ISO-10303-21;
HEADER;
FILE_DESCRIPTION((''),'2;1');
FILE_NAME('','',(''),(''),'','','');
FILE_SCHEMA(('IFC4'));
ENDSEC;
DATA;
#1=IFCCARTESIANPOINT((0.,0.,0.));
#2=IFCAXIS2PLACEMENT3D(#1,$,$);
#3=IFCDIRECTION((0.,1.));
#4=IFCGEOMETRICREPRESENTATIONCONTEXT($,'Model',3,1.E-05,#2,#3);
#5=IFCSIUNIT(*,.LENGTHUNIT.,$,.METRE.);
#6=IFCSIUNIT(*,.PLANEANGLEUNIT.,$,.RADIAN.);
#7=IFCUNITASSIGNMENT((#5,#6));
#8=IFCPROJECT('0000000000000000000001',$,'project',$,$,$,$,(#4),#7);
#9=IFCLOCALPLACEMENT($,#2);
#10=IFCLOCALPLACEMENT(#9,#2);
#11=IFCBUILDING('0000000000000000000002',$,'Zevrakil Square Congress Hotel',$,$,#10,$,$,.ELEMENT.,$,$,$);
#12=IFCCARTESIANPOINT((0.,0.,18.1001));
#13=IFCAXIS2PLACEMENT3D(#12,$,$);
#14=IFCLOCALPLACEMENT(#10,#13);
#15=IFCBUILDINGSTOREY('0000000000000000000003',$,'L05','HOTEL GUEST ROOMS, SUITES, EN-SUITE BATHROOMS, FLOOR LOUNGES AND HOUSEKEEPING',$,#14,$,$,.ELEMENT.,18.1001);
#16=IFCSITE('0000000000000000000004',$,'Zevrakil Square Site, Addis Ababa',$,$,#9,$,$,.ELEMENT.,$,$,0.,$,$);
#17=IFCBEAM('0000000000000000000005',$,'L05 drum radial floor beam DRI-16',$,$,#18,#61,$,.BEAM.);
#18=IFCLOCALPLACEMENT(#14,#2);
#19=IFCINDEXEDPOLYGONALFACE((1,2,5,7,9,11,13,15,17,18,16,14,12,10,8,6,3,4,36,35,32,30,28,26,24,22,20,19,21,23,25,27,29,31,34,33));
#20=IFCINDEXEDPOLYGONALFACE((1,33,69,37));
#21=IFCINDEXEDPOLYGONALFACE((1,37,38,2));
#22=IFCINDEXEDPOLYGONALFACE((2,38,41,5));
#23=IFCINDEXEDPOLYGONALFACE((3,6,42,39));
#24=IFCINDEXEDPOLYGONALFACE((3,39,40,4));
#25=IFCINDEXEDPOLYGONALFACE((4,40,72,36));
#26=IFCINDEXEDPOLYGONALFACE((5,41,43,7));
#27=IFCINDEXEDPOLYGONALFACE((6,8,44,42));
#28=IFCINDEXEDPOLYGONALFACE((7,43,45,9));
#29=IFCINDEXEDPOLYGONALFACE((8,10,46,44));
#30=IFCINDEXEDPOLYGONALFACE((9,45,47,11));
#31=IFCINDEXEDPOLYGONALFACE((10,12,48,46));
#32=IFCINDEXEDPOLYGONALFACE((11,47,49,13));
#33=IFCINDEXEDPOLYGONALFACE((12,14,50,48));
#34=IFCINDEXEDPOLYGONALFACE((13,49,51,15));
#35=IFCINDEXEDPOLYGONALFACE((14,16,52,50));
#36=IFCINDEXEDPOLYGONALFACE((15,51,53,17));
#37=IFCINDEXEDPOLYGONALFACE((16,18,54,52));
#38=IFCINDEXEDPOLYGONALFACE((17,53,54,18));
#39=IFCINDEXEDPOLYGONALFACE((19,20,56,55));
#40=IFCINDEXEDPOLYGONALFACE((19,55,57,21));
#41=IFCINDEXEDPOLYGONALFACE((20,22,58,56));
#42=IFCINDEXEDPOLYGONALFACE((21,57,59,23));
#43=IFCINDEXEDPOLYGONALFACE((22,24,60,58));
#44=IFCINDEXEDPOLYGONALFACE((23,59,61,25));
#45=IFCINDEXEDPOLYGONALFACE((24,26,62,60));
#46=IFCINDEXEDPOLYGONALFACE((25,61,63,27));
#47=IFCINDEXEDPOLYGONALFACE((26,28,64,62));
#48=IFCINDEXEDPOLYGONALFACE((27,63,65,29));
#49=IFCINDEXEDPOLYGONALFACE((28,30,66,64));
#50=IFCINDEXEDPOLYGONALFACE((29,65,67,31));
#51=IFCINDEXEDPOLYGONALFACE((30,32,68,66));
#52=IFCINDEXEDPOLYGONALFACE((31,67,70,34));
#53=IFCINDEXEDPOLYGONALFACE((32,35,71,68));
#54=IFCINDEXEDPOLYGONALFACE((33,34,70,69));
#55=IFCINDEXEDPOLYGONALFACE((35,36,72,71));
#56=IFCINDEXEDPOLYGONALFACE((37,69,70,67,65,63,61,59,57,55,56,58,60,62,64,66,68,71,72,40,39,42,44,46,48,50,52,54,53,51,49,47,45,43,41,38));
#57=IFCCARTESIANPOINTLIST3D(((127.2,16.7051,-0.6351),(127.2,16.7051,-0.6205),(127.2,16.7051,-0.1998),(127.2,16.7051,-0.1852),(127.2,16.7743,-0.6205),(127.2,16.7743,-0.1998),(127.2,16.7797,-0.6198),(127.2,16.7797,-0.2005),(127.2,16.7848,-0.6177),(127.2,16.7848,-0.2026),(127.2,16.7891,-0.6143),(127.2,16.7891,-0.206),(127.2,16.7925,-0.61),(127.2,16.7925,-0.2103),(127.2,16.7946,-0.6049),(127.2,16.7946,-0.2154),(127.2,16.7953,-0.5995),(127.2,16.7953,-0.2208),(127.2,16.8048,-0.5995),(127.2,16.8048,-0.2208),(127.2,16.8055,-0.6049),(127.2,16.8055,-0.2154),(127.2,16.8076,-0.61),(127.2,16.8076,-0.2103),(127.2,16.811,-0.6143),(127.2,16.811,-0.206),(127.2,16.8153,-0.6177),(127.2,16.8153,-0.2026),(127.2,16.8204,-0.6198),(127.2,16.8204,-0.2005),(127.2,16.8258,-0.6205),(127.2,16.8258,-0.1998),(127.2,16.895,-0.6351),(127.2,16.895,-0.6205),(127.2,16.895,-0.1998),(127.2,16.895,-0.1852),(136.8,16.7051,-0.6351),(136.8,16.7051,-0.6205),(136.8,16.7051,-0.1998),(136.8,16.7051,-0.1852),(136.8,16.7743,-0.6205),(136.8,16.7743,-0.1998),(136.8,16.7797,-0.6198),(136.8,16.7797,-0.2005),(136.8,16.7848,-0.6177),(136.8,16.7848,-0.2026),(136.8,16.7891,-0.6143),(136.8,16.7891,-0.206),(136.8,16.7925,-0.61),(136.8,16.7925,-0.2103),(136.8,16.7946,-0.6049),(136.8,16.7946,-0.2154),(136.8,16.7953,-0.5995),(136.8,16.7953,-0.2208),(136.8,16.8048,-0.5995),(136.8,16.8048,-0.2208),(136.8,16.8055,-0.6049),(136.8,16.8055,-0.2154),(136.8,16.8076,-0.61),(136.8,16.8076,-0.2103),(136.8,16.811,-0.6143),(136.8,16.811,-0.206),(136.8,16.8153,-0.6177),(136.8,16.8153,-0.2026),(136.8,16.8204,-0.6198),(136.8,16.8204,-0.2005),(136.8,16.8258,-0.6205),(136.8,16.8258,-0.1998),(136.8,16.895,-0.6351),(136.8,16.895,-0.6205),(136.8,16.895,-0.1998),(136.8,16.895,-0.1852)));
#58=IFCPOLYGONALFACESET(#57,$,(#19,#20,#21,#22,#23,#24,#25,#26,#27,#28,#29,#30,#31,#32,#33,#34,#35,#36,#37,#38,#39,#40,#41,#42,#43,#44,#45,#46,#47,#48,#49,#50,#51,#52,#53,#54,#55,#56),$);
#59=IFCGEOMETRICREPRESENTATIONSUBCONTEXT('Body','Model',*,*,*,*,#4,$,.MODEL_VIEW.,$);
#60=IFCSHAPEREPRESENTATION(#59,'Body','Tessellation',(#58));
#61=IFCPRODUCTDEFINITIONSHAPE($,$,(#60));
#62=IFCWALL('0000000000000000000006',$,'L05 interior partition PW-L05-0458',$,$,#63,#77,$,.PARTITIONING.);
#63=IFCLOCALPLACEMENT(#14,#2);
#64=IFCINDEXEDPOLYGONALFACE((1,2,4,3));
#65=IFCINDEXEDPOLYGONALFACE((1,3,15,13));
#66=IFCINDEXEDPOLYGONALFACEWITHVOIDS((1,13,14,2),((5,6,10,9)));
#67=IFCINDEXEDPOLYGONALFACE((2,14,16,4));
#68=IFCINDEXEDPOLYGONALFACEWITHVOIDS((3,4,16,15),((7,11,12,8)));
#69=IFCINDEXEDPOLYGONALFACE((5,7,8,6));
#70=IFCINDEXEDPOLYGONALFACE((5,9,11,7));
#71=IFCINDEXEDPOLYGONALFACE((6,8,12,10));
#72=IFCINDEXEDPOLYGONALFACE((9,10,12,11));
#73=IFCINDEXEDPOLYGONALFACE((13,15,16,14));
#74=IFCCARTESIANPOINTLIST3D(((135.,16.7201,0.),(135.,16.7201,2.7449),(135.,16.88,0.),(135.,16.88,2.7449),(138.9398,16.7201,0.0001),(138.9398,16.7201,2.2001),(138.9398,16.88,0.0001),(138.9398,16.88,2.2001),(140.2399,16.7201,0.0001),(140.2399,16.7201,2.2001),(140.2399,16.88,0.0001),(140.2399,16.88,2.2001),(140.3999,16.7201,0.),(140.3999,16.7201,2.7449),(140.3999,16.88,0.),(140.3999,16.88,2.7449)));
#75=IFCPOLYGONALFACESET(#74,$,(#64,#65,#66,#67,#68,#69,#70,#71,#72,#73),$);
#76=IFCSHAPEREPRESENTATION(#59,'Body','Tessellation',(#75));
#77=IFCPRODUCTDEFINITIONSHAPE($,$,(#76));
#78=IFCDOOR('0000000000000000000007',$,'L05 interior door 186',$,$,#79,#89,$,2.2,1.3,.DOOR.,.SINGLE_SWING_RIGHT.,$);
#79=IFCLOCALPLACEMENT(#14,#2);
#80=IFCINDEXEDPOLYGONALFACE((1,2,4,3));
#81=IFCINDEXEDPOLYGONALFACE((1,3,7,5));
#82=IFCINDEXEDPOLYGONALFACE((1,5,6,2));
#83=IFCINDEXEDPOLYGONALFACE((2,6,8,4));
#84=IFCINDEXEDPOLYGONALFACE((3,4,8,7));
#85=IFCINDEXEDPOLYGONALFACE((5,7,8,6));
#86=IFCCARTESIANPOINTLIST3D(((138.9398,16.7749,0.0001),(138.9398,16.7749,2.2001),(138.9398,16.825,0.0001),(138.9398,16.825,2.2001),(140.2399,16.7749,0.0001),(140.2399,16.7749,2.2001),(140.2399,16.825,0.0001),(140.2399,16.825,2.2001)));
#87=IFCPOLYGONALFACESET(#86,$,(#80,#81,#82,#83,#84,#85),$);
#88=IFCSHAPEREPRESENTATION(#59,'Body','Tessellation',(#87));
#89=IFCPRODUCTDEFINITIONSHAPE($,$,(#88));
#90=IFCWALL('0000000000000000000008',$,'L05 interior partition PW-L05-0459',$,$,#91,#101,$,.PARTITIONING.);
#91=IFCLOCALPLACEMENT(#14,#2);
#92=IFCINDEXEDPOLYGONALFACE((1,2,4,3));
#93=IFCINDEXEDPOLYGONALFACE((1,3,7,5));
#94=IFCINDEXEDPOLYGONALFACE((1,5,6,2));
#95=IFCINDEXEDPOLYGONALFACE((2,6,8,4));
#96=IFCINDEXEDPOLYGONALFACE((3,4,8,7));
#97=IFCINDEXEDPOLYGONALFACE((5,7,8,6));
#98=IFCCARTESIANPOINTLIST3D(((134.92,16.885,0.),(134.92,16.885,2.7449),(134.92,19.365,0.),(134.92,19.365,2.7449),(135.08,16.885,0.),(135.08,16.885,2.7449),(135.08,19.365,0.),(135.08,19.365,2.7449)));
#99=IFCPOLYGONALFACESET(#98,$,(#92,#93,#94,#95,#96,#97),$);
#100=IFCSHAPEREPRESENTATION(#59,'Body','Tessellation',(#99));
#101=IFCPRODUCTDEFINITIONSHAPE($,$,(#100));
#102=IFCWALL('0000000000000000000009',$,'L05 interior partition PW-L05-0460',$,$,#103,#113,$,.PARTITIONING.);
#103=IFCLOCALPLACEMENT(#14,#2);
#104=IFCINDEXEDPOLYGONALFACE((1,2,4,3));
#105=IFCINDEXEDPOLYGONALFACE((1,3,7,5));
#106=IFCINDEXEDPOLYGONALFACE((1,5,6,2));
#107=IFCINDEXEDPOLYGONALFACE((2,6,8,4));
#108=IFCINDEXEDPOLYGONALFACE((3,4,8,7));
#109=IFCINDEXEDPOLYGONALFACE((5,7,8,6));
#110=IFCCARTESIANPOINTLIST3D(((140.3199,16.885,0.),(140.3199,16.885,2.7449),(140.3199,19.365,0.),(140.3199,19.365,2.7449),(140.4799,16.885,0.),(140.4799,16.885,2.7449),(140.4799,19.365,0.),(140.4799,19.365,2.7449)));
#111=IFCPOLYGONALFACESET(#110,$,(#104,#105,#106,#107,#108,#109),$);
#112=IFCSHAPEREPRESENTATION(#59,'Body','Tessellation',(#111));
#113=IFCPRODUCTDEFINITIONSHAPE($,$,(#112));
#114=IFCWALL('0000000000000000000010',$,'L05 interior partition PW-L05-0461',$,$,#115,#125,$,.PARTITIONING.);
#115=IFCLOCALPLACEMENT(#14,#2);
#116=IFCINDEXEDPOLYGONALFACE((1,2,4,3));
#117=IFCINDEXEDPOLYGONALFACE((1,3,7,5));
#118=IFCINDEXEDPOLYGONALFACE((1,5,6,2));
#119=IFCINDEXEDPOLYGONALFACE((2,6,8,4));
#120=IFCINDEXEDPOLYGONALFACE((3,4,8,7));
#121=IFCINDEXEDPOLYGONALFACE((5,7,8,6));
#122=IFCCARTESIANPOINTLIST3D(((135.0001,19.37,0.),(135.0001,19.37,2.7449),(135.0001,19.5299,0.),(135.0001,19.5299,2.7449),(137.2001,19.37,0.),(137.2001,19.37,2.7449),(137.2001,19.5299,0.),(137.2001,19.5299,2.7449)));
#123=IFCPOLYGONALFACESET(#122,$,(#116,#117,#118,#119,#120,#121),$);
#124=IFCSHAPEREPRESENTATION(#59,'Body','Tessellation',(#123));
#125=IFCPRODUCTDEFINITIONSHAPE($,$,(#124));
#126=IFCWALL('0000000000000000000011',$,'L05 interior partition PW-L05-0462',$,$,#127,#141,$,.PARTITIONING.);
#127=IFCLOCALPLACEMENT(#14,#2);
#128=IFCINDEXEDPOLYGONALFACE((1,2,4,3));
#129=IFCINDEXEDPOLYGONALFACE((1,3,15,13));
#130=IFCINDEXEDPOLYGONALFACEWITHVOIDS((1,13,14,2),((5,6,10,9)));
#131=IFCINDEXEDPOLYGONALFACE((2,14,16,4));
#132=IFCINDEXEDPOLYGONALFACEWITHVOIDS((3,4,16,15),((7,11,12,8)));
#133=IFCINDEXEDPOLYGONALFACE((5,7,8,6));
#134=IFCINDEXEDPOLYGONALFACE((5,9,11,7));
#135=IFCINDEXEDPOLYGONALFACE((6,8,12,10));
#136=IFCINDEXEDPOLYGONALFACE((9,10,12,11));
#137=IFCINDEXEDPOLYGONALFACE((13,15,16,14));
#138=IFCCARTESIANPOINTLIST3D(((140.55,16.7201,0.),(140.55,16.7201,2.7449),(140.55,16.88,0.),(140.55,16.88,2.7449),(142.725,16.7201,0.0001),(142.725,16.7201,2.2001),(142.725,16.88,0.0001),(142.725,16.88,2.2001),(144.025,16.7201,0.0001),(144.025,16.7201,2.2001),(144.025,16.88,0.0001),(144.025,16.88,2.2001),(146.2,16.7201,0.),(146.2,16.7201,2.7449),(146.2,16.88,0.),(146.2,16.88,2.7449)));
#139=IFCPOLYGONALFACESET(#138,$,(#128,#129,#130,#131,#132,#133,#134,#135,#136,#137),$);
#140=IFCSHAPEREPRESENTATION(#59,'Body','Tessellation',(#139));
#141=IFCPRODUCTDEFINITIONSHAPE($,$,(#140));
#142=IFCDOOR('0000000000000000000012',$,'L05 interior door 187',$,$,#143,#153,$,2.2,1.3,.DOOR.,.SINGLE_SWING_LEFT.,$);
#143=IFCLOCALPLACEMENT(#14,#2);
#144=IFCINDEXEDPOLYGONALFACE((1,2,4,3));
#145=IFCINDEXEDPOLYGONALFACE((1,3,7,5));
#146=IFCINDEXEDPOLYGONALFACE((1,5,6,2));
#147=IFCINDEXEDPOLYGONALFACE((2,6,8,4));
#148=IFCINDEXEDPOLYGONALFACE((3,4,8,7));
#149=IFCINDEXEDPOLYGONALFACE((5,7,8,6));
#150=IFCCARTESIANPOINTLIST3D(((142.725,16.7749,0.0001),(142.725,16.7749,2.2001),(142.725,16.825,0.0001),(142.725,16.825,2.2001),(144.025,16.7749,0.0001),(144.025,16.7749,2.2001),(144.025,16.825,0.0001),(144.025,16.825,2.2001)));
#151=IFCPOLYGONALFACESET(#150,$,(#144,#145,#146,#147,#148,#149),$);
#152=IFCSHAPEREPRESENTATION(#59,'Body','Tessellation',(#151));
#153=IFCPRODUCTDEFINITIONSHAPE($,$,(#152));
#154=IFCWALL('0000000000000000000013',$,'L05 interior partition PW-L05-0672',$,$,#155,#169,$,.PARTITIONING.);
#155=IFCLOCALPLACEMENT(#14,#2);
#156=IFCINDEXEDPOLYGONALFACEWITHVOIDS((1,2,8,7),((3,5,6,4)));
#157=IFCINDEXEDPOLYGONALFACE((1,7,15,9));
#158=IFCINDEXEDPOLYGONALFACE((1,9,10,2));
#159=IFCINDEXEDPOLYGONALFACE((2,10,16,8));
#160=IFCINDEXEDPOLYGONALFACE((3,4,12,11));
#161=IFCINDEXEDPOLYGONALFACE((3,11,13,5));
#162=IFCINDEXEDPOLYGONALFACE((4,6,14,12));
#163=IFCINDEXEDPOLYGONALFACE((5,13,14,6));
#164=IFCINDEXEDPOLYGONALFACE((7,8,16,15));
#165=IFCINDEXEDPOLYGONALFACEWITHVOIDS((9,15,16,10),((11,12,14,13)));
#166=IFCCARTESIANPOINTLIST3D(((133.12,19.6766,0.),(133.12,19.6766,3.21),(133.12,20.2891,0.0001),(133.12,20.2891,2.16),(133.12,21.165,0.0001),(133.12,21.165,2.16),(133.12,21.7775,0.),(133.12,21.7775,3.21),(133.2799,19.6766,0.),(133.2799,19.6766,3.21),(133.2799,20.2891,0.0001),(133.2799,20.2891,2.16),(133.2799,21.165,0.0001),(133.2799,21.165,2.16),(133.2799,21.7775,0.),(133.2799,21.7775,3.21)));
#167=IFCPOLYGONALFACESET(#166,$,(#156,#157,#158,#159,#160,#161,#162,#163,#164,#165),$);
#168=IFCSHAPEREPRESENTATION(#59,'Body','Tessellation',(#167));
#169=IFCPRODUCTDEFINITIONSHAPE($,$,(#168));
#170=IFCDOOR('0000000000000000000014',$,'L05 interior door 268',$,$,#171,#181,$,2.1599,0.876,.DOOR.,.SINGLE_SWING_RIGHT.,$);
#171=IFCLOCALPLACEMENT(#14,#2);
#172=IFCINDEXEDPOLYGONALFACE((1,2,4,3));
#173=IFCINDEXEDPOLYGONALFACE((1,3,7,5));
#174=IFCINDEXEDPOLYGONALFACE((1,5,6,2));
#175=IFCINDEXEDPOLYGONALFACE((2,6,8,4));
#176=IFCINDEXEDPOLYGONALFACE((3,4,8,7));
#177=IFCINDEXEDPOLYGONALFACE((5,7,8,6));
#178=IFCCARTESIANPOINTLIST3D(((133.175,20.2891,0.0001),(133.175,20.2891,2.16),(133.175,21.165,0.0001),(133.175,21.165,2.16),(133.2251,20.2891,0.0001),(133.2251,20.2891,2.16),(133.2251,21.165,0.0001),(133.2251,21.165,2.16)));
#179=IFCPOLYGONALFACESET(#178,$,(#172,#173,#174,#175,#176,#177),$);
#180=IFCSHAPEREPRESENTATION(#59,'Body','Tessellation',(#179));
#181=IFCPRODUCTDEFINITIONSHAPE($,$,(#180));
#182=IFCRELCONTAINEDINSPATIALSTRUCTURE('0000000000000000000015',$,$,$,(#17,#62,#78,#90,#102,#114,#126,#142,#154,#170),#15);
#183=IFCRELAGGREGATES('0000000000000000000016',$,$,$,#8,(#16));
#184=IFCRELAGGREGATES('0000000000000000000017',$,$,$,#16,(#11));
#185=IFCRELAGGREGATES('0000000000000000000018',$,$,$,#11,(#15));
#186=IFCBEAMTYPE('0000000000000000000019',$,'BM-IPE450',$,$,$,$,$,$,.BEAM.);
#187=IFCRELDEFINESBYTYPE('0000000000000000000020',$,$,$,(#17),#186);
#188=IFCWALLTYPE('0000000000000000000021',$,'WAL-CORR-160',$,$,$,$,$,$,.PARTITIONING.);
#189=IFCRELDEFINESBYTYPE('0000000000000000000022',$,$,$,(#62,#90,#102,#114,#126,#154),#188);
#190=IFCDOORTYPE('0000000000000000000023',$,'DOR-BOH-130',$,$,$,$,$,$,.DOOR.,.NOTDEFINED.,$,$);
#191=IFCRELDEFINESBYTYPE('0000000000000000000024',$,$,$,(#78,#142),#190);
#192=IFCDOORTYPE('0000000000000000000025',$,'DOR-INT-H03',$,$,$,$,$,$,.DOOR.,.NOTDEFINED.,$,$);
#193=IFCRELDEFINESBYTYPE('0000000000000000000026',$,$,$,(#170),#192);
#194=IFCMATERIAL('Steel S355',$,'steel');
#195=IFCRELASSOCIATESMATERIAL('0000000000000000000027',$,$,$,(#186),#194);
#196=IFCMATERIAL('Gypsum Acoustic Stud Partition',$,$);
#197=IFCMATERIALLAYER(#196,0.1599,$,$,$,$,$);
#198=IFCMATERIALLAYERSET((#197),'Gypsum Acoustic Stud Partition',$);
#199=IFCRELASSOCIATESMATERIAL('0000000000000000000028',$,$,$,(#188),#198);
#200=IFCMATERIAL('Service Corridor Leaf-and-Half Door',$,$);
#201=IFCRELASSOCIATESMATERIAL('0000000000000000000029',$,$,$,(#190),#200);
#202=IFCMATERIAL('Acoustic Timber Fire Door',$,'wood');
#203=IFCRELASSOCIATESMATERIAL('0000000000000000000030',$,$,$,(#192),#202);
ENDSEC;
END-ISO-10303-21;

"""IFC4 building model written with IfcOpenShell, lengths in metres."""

from ifc_helpers import new_model, si_unit, direction, frame, frame_2d, origin, origin_2d, place, context, subcontext, project, spatial, rectangle, i_section, extrude, material, layer, layer_set, material_profile, profile_set, type_object, element, fill, save


model = new_model("IFC4")

# Units and contexts
model_context = context("Model", 3, precision=1e-05, world=origin(), true_north=direction((0.0, 1.0)))
body_context = subcontext(model_context, "Body", "Model", "MODEL_VIEW")
ifc_project = project(units=[si_unit("LENGTHUNIT", "METRE"), si_unit("PLANEANGLEUNIT", "RADIAN")], contexts=[model_context])

# Site, building, storey
site_placement = place(None, origin())
site = spatial("IfcSite", under=ifc_project, at=site_placement, Name="Zevrakil Square Site, Addis Ababa", CompositionType="ELEMENT", RefElevation=0.0)
building_placement = place(site_placement, origin())
building = spatial("IfcBuilding", under=site, at=building_placement, Name="Zevrakil Square Congress Hotel", CompositionType="ELEMENT")
storey_placement = place(building_placement, frame((0.0, 0.0, 18.1001)))
storey = spatial("IfcBuildingStorey", under=building, at=storey_placement, Name="L05", Description="HOTEL GUEST ROOMS, SUITES, EN-SUITE BATHROOMS, FLOOR LOUNGES AND HOUSEKEEPING", CompositionType="ELEMENT", Elevation=18.1001)

# Beam
ifc_material_1 = material(Name="Steel S355", Category="steel")
ifc_material_profile_1 = material_profile(ifc_material_1, i_section(OverallWidth=0.1899, OverallDepth=0.45, WebThickness=0.0095, FlangeThickness=0.0146, FilletRadius=0.021, at=origin_2d()), Name="IPE 450")
ifc_profile_set_1 = profile_set([ifc_material_profile_1], Name="Steel S355")
beam_type = type_object("IfcBeamType", Name="BM-IPE450", PredefinedType="BEAM", material=ifc_profile_set_1)
beam_1_placement = place(storey_placement, frame((136.8, 16.8, -0.4102), z_axis=(-1.0, 0.0, 0.0), x_axis=(0.0, -1.0, 0.0)))
element("IfcBeam", 1, at=beam_1_placement, inside=storey, type_object=beam_type, Name="L05 drum radial floor beam DRI-16", PredefinedType="BEAM", context=body_context, shape_type="SweptSolid", body=[
    extrude(i_section(OverallWidth=0.1899, OverallDepth=0.45, WebThickness=0.0095, FlangeThickness=0.0146, FilletRadius=0.021, at=origin_2d()), origin(), (0.0, 0.0, 1.0), 9.6001),
])

# Wall, opening, door
ifc_material_2 = material(Name="Gypsum Acoustic Stud Partition")
ifc_layer_1 = layer(ifc_material_2, 0.1599)
ifc_layer_set_1 = layer_set([ifc_layer_1], Name="Gypsum Acoustic Stud Partition")
wall_type_1 = type_object("IfcWallType", Name="WAL-CORR-160", PredefinedType="PARTITIONING", material=ifc_layer_set_1)
wall_1_placement = place(storey_placement, frame((135.0, 16.8, 0.0), z_axis=(0.0, 0.0, 1.0), x_axis=(1.0, 0.0, 0.0)))
wall_1 = element("IfcWall", 2, at=wall_1_placement, inside=storey, type_object=wall_type_1, Name="L05 interior partition PW-L05-0458", PredefinedType="PARTITIONING", context=body_context, shape_type="SweptSolid", body=[
    extrude(rectangle(XDim=5.3999, YDim=0.1599, at=frame_2d((2.7, 0.0))), origin(), (0.0, 0.0, 1.0), 2.7449),
])
opening_1_placement = place(wall_1_placement, frame((3.9399, 0.0, 0.0)))
opening_1 = element("IfcOpeningElement", 3, at=opening_1_placement, cuts=wall_1, PredefinedType="OPENING", context=body_context, shape_type="SweptSolid", body=[
    extrude(rectangle(XDim=1.3, YDim=2.2, at=frame_2d((0.6499, 1.1001))), frame((0.0, 0.0898, 0.0), z_axis=(0.0, -1.0, 0.0), x_axis=(1.0, 0.0, 0.0)), (0.0, 0.0, 1.0), 0.1799),
])
ifc_material_3 = material(Name="Service Corridor Leaf-and-Half Door")
door_type_1 = type_object("IfcDoorType", Name="DOR-BOH-130", OperationType="NOTDEFINED", PredefinedType="DOOR", material=ifc_material_3)
door_1_placement = place(opening_1_placement, origin())
door_1 = element("IfcDoor", 4, at=door_1_placement, inside=storey, type_object=door_type_1, Name="L05 interior door 186", OperationType="SINGLE_SWING_RIGHT", OverallHeight=2.2, OverallWidth=1.3, PredefinedType="DOOR", context=body_context, shape_type="SweptSolid", body=[
    extrude(rectangle(XDim=1.3, YDim=2.2, at=frame_2d((0.6499, 1.1001))), frame((0.0, 0.0249, 0.0), z_axis=(0.0, -1.0, 0.0), x_axis=(1.0, 0.0, 0.0)), (0.0, 0.0, 1.0), 0.05),
])
fill(opening_1, door_1)

# Walls
for number, where, z_axis, x_axis, name in (
    (5, (135.0, 16.885, 0.0), (0.0, 0.0, 1.0), (0.0, 1.0, 0.0), "L05 interior partition PW-L05-0459"),
    (6, (140.3999, 16.885, 0.0), (0.0, 0.0, 1.0), (0.0, 1.0, 0.0), "L05 interior partition PW-L05-0460"),
):
    element("IfcWall", number, at=place(storey_placement, frame(where, z_axis=z_axis, x_axis=x_axis)), inside=storey, type_object=wall_type_1, Name=name, PredefinedType="PARTITIONING", context=body_context, shape_type="SweptSolid", body=[
        extrude(rectangle(XDim=2.48, YDim=0.1599, at=frame_2d((1.24, 0.0))), origin(), (0.0, 0.0, 1.0), 2.7449),
    ])
wall_2_placement = place(storey_placement, frame((135.0, 19.45, 0.0), z_axis=(0.0, 0.0, 1.0), x_axis=(1.0, 0.0, 0.0)))
element("IfcWall", 7, at=wall_2_placement, inside=storey, type_object=wall_type_1, Name="L05 interior partition PW-L05-0461", PredefinedType="PARTITIONING", context=body_context, shape_type="SweptSolid", body=[
    extrude(rectangle(XDim=2.2, YDim=0.1599, at=frame_2d((1.1001, 0.0))), origin(), (0.0, 0.0, 1.0), 2.7449),
])

# Walls, openings, doors
wall_3_placement = place(storey_placement, frame((140.55, 16.8, 0.0), z_axis=(0.0, 0.0, 1.0), x_axis=(1.0, 0.0, 0.0)))
wall_3 = element("IfcWall", 8, at=wall_3_placement, inside=storey, type_object=wall_type_1, Name="L05 interior partition PW-L05-0462", PredefinedType="PARTITIONING", context=body_context, shape_type="SweptSolid", body=[
    extrude(rectangle(XDim=5.6499, YDim=0.1599, at=frame_2d((2.825, 0.0))), origin(), (0.0, 0.0, 1.0), 2.7449),
])
opening_2_placement = place(wall_3_placement, frame((2.175, 0.0, 0.0)))
opening_2 = element("IfcOpeningElement", 9, at=opening_2_placement, cuts=wall_3, PredefinedType="OPENING", context=body_context, shape_type="SweptSolid", body=[
    extrude(rectangle(XDim=1.3, YDim=2.2, at=frame_2d((0.6499, 1.1001))), frame((0.0, 0.0898, 0.0), z_axis=(0.0, -1.0, 0.0), x_axis=(1.0, 0.0, 0.0)), (0.0, 0.0, 1.0), 0.1799),
])
door_2_placement = place(opening_2_placement, origin())
door_2 = element("IfcDoor", 10, at=door_2_placement, inside=storey, type_object=door_type_1, Name="L05 interior door 187", OperationType="SINGLE_SWING_LEFT", OverallHeight=2.2, OverallWidth=1.3, PredefinedType="DOOR", context=body_context, shape_type="SweptSolid", body=[
    extrude(rectangle(XDim=1.3, YDim=2.2, at=frame_2d((0.6499, 1.1001))), frame((0.0, 0.0249, 0.0), z_axis=(0.0, -1.0, 0.0), x_axis=(1.0, 0.0, 0.0)), (0.0, 0.0, 1.0), 0.05),
])
fill(opening_2, door_2)
wall_4_placement = place(storey_placement, frame((133.2, 19.6768, 0.0), z_axis=(0.0, 0.0, 1.0), x_axis=(0.0, 1.0, 0.0)))
wall_4 = element("IfcWall", 11, at=wall_4_placement, inside=storey, type_object=wall_type_1, Name="L05 interior partition PW-L05-0672", PredefinedType="PARTITIONING", context=body_context, shape_type="SweptSolid", body=[
    extrude(rectangle(XDim=2.1008, YDim=0.1599, at=frame_2d((1.0503, 0.0))), origin(), (0.0, 0.0, 1.0), 3.21),
])
opening_3_placement = place(wall_4_placement, frame((0.6123, 0.0, 0.0)))
opening_3 = element("IfcOpeningElement", 12, at=opening_3_placement, cuts=wall_4, PredefinedType="OPENING", context=body_context, shape_type="SweptSolid", body=[
    extrude(rectangle(XDim=0.876, YDim=2.1599, at=frame_2d((0.438, 1.0801))), frame((0.0, 0.0898, 0.0), z_axis=(0.0, -1.0, 0.0), x_axis=(1.0, 0.0, 0.0)), (0.0, 0.0, 1.0), 0.1799),
])
ifc_material_4 = material(Name="Acoustic Timber Fire Door", Category="wood")
door_type_2 = type_object("IfcDoorType", Name="DOR-INT-H03", OperationType="NOTDEFINED", PredefinedType="DOOR", material=ifc_material_4)
door_3_placement = place(opening_3_placement, origin())
door_3 = element("IfcDoor", 13, at=door_3_placement, inside=storey, type_object=door_type_2, Name="L05 interior door 268", OperationType="SINGLE_SWING_RIGHT", OverallHeight=2.1599, OverallWidth=0.876, PredefinedType="DOOR", context=body_context, shape_type="SweptSolid", body=[
    extrude(rectangle(XDim=0.876, YDim=2.1599, at=frame_2d((0.438, 1.0801))), frame((0.0, 0.0249, 0.0), z_axis=(0.0, -1.0, 0.0), x_axis=(1.0, 0.0, 0.0)), (0.0, 0.0, 1.0), 0.05),
])
fill(opening_3, door_3)

save(model, "model.ifc")
